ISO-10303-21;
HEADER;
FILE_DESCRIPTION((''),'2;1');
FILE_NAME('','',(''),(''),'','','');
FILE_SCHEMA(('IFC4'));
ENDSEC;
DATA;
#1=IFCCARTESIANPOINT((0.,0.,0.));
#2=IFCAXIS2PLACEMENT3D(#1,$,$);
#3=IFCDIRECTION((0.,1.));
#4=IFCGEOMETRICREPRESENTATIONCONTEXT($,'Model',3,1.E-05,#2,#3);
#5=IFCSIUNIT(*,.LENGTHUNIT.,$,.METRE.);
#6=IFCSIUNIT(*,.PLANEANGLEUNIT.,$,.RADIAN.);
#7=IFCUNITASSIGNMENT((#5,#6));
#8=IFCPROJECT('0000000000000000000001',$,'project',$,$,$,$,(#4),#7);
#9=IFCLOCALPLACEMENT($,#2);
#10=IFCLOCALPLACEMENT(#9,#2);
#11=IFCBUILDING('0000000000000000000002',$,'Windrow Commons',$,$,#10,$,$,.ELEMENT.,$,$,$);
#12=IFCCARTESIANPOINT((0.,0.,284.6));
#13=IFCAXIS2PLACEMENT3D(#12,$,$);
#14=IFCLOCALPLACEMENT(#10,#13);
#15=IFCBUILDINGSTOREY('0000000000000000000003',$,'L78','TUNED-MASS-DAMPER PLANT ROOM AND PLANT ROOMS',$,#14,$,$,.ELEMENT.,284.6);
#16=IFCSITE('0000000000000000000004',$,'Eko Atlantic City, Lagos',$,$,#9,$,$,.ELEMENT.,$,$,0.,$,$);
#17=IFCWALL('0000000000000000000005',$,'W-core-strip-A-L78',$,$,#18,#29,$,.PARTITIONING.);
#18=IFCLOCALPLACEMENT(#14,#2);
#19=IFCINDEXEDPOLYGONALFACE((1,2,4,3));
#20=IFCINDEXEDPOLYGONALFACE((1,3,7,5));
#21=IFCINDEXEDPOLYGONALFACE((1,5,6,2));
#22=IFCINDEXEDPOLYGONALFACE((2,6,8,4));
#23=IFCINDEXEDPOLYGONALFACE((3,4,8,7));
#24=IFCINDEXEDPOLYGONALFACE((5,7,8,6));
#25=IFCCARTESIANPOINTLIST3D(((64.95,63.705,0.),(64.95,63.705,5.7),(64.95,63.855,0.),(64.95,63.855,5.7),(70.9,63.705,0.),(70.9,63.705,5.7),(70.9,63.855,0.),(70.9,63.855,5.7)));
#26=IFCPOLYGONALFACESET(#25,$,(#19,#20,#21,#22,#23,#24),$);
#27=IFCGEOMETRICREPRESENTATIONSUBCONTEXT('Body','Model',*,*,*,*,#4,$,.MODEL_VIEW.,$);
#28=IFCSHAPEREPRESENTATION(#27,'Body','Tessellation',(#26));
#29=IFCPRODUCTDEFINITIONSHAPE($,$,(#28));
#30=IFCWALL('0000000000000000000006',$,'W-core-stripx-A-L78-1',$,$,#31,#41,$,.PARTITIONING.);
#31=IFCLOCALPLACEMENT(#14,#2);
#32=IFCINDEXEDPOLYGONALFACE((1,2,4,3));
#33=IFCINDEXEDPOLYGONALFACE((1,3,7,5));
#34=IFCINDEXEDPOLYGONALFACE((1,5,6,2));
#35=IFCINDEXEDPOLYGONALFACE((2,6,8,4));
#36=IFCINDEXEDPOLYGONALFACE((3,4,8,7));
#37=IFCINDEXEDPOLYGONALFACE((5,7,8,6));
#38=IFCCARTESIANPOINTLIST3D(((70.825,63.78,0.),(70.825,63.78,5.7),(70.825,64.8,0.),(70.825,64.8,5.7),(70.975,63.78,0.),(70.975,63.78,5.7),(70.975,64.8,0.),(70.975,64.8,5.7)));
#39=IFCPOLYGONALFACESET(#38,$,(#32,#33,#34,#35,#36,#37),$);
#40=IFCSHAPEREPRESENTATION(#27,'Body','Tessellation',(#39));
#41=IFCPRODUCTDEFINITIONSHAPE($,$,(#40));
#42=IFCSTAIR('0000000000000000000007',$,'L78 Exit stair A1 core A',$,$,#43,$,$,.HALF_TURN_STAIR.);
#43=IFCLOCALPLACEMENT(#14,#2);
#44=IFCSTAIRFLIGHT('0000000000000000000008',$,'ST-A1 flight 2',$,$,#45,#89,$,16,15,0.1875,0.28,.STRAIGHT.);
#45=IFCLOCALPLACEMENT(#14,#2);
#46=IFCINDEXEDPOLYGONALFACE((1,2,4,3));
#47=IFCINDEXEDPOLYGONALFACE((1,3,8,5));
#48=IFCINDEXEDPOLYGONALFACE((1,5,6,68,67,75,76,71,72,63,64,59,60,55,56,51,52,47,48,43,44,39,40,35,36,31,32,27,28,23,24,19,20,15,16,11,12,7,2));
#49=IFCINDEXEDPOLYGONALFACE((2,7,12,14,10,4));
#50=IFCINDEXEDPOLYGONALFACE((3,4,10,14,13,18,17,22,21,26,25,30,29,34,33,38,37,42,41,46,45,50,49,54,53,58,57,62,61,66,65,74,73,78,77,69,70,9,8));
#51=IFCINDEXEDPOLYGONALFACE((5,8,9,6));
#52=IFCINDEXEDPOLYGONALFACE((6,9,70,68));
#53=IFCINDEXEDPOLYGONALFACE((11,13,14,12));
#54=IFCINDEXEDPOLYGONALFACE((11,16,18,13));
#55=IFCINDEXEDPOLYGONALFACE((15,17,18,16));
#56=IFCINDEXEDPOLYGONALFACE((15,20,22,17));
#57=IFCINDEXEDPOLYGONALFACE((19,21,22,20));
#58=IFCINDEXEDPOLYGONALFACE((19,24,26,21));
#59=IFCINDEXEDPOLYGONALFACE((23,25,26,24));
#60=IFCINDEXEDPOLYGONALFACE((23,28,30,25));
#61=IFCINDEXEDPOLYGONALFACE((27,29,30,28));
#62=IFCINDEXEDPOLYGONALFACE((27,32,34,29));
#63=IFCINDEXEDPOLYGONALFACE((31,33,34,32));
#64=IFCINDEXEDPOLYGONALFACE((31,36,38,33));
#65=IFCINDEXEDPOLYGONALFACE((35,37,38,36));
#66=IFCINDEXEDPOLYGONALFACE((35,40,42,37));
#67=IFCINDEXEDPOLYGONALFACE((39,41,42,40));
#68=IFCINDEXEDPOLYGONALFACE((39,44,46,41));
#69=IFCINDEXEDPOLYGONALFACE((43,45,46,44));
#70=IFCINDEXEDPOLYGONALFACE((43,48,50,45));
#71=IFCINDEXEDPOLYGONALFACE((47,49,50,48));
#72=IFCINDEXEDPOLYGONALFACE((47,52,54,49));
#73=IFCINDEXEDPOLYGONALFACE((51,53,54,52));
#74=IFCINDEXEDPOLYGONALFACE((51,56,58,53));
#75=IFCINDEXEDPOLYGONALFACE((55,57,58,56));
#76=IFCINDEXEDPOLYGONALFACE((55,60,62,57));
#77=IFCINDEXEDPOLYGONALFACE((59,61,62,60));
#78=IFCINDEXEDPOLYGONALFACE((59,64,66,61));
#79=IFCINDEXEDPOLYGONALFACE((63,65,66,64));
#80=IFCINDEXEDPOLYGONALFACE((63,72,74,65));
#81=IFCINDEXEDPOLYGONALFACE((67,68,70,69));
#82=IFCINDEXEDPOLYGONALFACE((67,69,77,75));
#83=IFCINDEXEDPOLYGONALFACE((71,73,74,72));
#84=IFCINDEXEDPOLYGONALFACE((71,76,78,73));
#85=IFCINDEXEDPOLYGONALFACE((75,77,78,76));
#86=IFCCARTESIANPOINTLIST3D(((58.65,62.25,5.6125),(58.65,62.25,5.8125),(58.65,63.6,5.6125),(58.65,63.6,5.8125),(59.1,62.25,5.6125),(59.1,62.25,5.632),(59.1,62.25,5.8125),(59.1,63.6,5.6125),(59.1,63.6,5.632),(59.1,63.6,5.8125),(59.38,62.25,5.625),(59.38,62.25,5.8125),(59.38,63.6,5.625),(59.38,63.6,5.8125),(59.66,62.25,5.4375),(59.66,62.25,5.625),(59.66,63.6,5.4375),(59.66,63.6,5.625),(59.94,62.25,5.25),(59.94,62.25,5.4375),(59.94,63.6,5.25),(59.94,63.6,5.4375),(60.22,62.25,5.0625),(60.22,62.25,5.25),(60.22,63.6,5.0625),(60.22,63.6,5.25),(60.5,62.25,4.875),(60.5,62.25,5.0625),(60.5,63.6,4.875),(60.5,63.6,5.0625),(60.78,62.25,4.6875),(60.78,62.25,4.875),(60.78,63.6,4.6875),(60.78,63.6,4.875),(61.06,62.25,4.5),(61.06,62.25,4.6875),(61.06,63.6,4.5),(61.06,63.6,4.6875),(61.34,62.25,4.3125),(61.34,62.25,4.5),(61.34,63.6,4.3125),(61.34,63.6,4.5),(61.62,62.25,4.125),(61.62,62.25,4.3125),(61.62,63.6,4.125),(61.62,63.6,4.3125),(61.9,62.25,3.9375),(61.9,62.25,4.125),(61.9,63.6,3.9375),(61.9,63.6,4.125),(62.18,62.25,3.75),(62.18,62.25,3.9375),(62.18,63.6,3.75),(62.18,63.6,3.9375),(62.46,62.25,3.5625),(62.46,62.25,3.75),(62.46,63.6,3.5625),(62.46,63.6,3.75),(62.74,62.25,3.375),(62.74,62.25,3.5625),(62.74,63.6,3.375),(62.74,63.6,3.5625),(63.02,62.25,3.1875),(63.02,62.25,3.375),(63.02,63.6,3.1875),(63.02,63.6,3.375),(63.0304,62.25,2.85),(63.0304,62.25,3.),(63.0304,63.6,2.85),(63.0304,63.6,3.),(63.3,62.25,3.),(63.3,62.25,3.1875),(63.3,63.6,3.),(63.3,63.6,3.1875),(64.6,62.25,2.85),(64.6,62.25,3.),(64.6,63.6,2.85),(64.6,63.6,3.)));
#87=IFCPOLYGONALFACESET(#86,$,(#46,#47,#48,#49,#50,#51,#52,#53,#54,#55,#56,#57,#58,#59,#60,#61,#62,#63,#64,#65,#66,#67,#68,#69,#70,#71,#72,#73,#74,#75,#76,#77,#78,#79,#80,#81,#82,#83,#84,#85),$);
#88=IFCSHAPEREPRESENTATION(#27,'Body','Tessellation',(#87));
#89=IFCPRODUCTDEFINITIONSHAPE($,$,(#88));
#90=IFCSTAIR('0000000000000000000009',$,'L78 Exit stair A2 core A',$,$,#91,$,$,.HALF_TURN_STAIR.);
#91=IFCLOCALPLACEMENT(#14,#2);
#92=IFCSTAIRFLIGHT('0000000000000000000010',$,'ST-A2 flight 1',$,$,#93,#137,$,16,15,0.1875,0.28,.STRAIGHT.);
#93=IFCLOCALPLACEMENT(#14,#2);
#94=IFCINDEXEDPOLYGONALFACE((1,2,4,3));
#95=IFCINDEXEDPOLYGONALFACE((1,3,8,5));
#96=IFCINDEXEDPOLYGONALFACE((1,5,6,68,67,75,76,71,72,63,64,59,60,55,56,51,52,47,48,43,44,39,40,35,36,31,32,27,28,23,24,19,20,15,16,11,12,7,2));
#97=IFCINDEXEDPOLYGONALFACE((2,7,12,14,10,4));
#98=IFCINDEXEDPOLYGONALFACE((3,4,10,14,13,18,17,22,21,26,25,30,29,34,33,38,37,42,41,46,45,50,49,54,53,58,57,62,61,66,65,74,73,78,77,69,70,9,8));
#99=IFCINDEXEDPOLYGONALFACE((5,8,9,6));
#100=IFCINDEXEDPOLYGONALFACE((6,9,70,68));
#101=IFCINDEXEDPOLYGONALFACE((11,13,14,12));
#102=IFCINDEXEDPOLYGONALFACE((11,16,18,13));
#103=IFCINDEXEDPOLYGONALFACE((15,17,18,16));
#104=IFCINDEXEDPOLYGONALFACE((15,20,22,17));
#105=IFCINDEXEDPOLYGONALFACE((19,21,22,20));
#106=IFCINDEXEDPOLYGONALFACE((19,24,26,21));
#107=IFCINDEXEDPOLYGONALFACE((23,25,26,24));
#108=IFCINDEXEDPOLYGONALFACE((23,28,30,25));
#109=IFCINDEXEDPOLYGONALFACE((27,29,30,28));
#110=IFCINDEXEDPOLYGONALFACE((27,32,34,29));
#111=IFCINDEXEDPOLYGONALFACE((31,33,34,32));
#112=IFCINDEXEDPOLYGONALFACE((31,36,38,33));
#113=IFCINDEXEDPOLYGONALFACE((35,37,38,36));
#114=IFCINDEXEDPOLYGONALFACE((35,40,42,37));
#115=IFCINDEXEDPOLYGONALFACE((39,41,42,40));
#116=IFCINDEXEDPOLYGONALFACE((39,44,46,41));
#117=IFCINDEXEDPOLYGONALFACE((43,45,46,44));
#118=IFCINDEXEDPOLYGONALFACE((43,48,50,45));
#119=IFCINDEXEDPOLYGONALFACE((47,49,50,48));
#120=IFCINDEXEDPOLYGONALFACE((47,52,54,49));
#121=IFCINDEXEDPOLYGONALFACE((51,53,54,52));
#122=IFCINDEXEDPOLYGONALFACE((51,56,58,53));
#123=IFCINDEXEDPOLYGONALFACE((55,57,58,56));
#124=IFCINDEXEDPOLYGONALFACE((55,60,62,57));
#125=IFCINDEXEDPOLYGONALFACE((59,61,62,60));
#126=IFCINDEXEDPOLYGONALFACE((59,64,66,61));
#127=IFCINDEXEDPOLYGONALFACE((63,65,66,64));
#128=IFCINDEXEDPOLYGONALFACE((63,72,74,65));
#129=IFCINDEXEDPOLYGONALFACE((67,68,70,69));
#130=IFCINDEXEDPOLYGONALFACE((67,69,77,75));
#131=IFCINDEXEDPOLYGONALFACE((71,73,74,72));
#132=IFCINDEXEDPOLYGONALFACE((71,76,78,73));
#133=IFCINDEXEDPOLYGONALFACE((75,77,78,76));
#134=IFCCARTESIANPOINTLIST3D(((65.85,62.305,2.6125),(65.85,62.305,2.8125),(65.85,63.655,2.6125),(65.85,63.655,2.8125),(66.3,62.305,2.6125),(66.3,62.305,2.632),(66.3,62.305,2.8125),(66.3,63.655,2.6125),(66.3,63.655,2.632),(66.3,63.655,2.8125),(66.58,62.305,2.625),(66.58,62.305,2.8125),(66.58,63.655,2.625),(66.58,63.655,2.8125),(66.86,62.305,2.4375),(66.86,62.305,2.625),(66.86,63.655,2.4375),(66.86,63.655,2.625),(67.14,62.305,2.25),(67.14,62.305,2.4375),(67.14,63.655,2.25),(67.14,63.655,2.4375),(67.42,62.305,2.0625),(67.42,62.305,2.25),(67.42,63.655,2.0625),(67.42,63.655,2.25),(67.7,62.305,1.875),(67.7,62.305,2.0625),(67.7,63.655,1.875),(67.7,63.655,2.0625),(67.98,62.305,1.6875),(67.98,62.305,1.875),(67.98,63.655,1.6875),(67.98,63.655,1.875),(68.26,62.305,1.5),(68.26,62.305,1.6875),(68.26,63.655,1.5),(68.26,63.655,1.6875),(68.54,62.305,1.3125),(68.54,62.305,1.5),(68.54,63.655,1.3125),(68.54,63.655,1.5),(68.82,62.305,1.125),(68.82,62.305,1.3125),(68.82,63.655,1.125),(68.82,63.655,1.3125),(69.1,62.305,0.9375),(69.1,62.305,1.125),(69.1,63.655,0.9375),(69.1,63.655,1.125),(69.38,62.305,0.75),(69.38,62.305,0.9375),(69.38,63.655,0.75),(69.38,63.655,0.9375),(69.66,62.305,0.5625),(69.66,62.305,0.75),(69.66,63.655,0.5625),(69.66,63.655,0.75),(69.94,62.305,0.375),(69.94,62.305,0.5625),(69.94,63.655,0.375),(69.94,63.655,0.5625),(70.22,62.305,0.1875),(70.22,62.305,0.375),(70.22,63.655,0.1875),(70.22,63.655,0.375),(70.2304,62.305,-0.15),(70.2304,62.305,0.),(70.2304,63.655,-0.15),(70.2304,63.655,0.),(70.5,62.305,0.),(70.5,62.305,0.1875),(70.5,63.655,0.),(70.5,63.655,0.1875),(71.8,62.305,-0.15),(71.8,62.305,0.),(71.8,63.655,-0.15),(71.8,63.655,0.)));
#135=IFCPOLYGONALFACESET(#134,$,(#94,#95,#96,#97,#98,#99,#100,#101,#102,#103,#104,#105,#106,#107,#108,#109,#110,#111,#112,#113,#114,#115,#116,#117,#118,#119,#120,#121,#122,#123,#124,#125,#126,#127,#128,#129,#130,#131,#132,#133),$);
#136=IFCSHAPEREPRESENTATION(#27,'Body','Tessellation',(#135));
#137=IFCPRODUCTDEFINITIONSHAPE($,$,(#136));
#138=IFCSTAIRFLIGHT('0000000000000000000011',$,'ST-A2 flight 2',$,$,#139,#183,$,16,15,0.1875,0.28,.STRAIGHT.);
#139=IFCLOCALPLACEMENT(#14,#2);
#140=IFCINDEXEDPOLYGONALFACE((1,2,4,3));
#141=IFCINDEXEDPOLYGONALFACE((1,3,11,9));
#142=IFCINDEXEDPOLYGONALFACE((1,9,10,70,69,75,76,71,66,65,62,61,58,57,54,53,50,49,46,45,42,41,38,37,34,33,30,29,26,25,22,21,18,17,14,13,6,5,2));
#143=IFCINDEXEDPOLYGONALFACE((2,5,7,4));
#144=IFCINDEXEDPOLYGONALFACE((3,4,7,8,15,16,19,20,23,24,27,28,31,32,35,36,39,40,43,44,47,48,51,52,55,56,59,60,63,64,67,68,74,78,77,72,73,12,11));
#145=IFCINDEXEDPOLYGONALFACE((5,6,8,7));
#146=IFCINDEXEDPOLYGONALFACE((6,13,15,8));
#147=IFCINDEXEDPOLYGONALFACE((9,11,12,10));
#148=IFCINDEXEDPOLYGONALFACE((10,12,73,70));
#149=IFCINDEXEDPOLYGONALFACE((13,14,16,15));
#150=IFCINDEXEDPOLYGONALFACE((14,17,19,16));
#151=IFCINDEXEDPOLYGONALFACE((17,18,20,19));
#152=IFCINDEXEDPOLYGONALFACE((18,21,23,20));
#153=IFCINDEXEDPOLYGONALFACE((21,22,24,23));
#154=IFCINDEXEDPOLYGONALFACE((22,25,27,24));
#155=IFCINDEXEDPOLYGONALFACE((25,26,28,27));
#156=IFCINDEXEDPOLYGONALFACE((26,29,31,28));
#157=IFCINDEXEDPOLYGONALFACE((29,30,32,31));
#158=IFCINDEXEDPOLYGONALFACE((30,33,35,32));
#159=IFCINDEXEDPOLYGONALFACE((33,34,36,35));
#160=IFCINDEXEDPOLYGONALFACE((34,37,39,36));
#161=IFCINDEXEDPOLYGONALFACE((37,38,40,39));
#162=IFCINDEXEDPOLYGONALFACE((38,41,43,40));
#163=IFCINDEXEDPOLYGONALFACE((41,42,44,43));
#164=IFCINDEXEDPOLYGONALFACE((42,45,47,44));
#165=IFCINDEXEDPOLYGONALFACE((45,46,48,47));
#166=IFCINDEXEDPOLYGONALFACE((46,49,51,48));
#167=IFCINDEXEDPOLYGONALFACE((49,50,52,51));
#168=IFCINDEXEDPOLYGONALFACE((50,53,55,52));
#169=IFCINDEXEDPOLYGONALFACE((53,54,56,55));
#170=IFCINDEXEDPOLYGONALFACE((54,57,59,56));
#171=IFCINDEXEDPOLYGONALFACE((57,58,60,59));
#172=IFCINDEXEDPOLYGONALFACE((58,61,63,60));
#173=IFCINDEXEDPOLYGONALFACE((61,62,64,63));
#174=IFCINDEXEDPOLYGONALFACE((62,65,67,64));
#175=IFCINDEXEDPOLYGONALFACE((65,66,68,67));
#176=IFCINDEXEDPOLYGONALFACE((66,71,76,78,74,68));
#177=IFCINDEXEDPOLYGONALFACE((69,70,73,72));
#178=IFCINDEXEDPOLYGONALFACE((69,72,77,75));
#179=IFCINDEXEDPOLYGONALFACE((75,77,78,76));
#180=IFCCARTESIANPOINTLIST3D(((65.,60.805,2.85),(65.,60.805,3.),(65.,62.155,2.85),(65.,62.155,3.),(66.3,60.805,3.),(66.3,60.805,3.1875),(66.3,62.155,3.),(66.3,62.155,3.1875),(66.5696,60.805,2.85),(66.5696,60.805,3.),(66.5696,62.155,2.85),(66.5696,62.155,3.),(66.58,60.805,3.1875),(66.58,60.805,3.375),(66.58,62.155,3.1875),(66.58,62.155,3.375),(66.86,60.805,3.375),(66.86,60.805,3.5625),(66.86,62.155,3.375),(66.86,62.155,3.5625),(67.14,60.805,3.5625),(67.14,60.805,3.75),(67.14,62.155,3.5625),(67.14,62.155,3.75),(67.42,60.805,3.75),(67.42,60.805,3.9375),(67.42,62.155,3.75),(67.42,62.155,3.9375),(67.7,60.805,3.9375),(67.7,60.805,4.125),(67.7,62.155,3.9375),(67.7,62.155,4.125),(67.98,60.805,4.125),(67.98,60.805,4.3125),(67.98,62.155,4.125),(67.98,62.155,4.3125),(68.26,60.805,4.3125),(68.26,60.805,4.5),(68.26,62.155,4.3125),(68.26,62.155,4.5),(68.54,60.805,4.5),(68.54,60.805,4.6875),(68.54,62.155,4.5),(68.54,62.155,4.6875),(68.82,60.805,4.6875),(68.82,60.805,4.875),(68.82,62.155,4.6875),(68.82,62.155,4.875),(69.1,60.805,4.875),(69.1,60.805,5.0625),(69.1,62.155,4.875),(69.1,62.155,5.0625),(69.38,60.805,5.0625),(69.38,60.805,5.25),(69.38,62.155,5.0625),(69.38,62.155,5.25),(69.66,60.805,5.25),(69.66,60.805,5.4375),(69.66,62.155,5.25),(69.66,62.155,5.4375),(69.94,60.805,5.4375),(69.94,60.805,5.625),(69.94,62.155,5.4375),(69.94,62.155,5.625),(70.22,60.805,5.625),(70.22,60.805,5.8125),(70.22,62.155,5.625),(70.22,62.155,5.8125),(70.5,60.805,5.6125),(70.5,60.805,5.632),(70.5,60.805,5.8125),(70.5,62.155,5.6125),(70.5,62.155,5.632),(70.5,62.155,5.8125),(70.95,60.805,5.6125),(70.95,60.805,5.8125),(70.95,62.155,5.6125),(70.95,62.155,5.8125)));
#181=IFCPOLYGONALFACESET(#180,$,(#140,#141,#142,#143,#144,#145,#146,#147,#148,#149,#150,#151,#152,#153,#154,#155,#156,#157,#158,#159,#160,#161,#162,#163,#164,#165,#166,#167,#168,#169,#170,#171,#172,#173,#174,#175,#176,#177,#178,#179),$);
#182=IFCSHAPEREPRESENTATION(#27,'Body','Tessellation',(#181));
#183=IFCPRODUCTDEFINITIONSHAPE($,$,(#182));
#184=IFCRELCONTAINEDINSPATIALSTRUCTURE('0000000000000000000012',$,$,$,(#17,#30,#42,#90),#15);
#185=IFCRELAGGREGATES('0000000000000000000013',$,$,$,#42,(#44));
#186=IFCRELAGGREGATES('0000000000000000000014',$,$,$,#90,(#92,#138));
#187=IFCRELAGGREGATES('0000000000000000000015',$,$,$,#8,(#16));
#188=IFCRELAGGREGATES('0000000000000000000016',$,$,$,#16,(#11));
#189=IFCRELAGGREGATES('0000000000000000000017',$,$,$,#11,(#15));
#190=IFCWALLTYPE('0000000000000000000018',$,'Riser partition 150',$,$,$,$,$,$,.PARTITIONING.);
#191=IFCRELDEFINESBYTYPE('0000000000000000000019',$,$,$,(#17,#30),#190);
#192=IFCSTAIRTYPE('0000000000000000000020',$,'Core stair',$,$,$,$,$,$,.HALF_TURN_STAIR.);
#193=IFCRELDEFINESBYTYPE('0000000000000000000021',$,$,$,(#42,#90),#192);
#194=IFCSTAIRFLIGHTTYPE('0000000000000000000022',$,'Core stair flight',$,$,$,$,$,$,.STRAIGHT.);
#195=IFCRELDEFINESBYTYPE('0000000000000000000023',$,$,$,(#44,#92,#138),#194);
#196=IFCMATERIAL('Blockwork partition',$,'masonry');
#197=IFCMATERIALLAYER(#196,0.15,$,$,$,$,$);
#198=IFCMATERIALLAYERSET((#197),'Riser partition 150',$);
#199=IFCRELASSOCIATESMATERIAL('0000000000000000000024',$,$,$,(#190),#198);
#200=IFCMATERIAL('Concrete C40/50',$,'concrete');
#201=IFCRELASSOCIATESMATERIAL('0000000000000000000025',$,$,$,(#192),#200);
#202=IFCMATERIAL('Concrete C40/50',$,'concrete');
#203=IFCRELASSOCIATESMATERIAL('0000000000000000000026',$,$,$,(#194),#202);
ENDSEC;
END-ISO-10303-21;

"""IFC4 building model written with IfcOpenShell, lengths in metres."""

from ifc_helpers import new_model, si_unit, direction, frame, frame_2d, origin, place, context, subcontext, project, spatial, polyline, rectangle, outline, extrude, material, layer, layer_set, type_object, element, aggregate, save


model = new_model("IFC4")

# Units and contexts
model_context = context("Model", 3, precision=1e-05, world=origin(), true_north=direction((0.0, 1.0)))
body_context = subcontext(model_context, "Body", "Model", "MODEL_VIEW")
ifc_project = project(units=[si_unit("LENGTHUNIT", "METRE"), si_unit("PLANEANGLEUNIT", "RADIAN")], contexts=[model_context])

# Site, building, storey
site_placement = place(None, origin())
site = spatial("IfcSite", under=ifc_project, at=site_placement, Name="Eko Atlantic City, Lagos", CompositionType="ELEMENT", RefElevation=0.0)
building_placement = place(site_placement, origin())
building = spatial("IfcBuilding", under=site, at=building_placement, Name="Windrow Commons", CompositionType="ELEMENT")
storey_placement = place(building_placement, frame((0.0, 0.0, 284.6)))
storey = spatial("IfcBuildingStorey", under=building, at=storey_placement, Name="L78", Description="TUNED-MASS-DAMPER PLANT ROOM AND PLANT ROOMS", CompositionType="ELEMENT", Elevation=284.6)

# Walls
ifc_material_1 = material(Name="Blockwork partition", Category="masonry")
ifc_layer_1 = layer(ifc_material_1, 0.15)
ifc_layer_set_1 = layer_set([ifc_layer_1], Name="Riser partition 150")
wall_type_1 = type_object("IfcWallType", Name="Riser partition 150", PredefinedType="PARTITIONING", material=ifc_layer_set_1)
wall_1_placement = place(storey_placement, frame((64.95, 63.78, 0.0), z_axis=(0.0, 0.0, 1.0), x_axis=(1.0, 0.0, 0.0)))
element("IfcWall", 1, at=wall_1_placement, inside=storey, type_object=wall_type_1, Name="W-core-strip-A-L78", PredefinedType="PARTITIONING", context=body_context, shape_type="SweptSolid", body=[
    extrude(rectangle(XDim=5.95, YDim=0.15, at=frame_2d((2.975, 0.0))), origin(), (0.0, 0.0, 1.0), 5.7),
])
wall_2_placement = place(storey_placement, frame((70.9, 63.78, 0.0), z_axis=(0.0, 0.0, 1.0), x_axis=(0.0, 1.0, 0.0)))
element("IfcWall", 2, at=wall_2_placement, inside=storey, type_object=wall_type_1, Name="W-core-stripx-A-L78-1", PredefinedType="PARTITIONING", context=body_context, shape_type="SweptSolid", body=[
    extrude(rectangle(XDim=1.02, YDim=0.15, at=frame_2d((0.51, 0.0))), origin(), (0.0, 0.0, 1.0), 5.7),
])

# Stair, stair flight
ifc_material_2 = material(Name="Concrete C40/50", Category="concrete")
stair_type = type_object("IfcStairType", Name="Core stair", PredefinedType="HALF_TURN_STAIR", material=ifc_material_2)
placement = place(storey_placement, origin())
stair_1 = element("IfcStair", 3, at=placement, inside=storey, type_object=stair_type, Name="L78 Exit stair A1 core A", PredefinedType="HALF_TURN_STAIR")
ifc_material_3 = material(Name="Concrete C40/50", Category="concrete")
stair_flight_type = type_object("IfcStairFlightType", Name="Core stair flight", PredefinedType="STRAIGHT", material=ifc_material_3)
stair_flight_1_placement = place(storey_placement, frame((63.3, 62.925, 3.0), z_axis=(0.0, 0.0, 1.0), x_axis=(-1.0, 0.0, 0.0)))
stair_flight_1 = element("IfcStairFlight", 4, at=stair_flight_1_placement, type_object=stair_flight_type, Name="ST-A1 flight 2", NumberOfRisers=16, NumberOfTreads=15, PredefinedType="STRAIGHT", RiserHeight=0.1875, TreadLength=0.28, context=body_context, shape_type="SweptSolid", body=[
    extrude(outline(polyline([(-1.3, -0.15), (-1.3, 0.0), (0.0, 0.0), (0.0, 0.1875), (0.28, 0.1875), (0.28, 0.375), (0.56, 0.375), (0.56, 0.5625), (0.84, 0.5625), (0.84, 0.75), (1.12, 0.75), (1.12, 0.9375), (1.4, 0.9375), (1.4, 1.125), (1.68, 1.125), (1.68, 1.3125), (1.96, 1.3125), (1.96, 1.5), (2.24, 1.5), (2.24, 1.6875), (2.52, 1.6875), (2.52, 1.875), (2.8, 1.875), (2.8, 2.0625), (3.08, 2.0625), (3.08, 2.25), (3.36, 2.25), (3.36, 2.4375), (3.64, 2.4375), (3.64, 2.625), (3.92, 2.625), (3.92, 2.8125), (4.2, 2.8125), (4.65, 2.8125), (4.65, 2.6125), (4.2, 2.6125), (4.2, 2.632), (0.2696, 0.0), (0.2696, -0.15), (-1.3, -0.15)])), frame((0.0, 0.675, 0.0), z_axis=(0.0, -1.0, 0.0), x_axis=(1.0, 0.0, 0.0)), (0.0, 0.0, 1.0), 1.35),
])
aggregate(stair_1, [stair_flight_1])

# Stair, stair flights
stair_2 = element("IfcStair", 5, at=placement, inside=storey, type_object=stair_type, Name="L78 Exit stair A2 core A", PredefinedType="HALF_TURN_STAIR")
stair_flight_2_placement = place(storey_placement, frame((70.5, 62.98, 0.0), z_axis=(0.0, 0.0, 1.0), x_axis=(-1.0, 0.0, 0.0)))
stair_flight_2 = element("IfcStairFlight", 6, at=stair_flight_2_placement, type_object=stair_flight_type, Name="ST-A2 flight 1", NumberOfRisers=16, NumberOfTreads=15, PredefinedType="STRAIGHT", RiserHeight=0.1875, TreadLength=0.28, context=body_context, shape_type="SweptSolid", body=[
    extrude(outline(polyline([(-1.3, -0.15), (-1.3, 0.0), (0.0, 0.0), (0.0, 0.1875), (0.28, 0.1875), (0.28, 0.375), (0.56, 0.375), (0.56, 0.5625), (0.84, 0.5625), (0.84, 0.75), (1.12, 0.75), (1.12, 0.9375), (1.4, 0.9375), (1.4, 1.125), (1.68, 1.125), (1.68, 1.3125), (1.96, 1.3125), (1.96, 1.5), (2.24, 1.5), (2.24, 1.6875), (2.52, 1.6875), (2.52, 1.875), (2.8, 1.875), (2.8, 2.0625), (3.08, 2.0625), (3.08, 2.25), (3.36, 2.25), (3.36, 2.4375), (3.64, 2.4375), (3.64, 2.625), (3.92, 2.625), (3.92, 2.8125), (4.2, 2.8125), (4.65, 2.8125), (4.65, 2.6125), (4.2, 2.6125), (4.2, 2.632), (0.2696, 0.0), (0.2696, -0.15), (-1.3, -0.15)])), frame((0.0, 0.675, 0.0), z_axis=(0.0, -1.0, 0.0), x_axis=(1.0, 0.0, 0.0)), (0.0, 0.0, 1.0), 1.35),
])
stair_flight_3_placement = place(storey_placement, frame((66.3, 61.48, 3.0), z_axis=(0.0, 0.0, 1.0), x_axis=(1.0, 0.0, 0.0)))
stair_flight_3 = element("IfcStairFlight", 7, at=stair_flight_3_placement, type_object=stair_flight_type, Name="ST-A2 flight 2", NumberOfRisers=16, NumberOfTreads=15, PredefinedType="STRAIGHT", RiserHeight=0.1875, TreadLength=0.28, context=body_context, shape_type="SweptSolid", body=[
    extrude(outline(polyline([(-1.3, -0.15), (-1.3, 0.0), (0.0, 0.0), (0.0, 0.1875), (0.28, 0.1875), (0.28, 0.375), (0.56, 0.375), (0.56, 0.5625), (0.84, 0.5625), (0.84, 0.75), (1.12, 0.75), (1.12, 0.9375), (1.4, 0.9375), (1.4, 1.125), (1.68, 1.125), (1.68, 1.3125), (1.96, 1.3125), (1.96, 1.5), (2.24, 1.5), (2.24, 1.6875), (2.52, 1.6875), (2.52, 1.875), (2.8, 1.875), (2.8, 2.0625), (3.08, 2.0625), (3.08, 2.25), (3.36, 2.25), (3.36, 2.4375), (3.64, 2.4375), (3.64, 2.625), (3.92, 2.625), (3.92, 2.8125), (4.2, 2.8125), (4.65, 2.8125), (4.65, 2.6125), (4.2, 2.6125), (4.2, 2.632), (0.2696, 0.0), (0.2696, -0.15), (-1.3, -0.15)])), frame((0.0, 0.675, 0.0), z_axis=(0.0, -1.0, 0.0), x_axis=(1.0, 0.0, 0.0)), (0.0, 0.0, 1.0), 1.35),
])
aggregate(stair_2, [stair_flight_2, stair_flight_3])

save(model, "model.ifc")
